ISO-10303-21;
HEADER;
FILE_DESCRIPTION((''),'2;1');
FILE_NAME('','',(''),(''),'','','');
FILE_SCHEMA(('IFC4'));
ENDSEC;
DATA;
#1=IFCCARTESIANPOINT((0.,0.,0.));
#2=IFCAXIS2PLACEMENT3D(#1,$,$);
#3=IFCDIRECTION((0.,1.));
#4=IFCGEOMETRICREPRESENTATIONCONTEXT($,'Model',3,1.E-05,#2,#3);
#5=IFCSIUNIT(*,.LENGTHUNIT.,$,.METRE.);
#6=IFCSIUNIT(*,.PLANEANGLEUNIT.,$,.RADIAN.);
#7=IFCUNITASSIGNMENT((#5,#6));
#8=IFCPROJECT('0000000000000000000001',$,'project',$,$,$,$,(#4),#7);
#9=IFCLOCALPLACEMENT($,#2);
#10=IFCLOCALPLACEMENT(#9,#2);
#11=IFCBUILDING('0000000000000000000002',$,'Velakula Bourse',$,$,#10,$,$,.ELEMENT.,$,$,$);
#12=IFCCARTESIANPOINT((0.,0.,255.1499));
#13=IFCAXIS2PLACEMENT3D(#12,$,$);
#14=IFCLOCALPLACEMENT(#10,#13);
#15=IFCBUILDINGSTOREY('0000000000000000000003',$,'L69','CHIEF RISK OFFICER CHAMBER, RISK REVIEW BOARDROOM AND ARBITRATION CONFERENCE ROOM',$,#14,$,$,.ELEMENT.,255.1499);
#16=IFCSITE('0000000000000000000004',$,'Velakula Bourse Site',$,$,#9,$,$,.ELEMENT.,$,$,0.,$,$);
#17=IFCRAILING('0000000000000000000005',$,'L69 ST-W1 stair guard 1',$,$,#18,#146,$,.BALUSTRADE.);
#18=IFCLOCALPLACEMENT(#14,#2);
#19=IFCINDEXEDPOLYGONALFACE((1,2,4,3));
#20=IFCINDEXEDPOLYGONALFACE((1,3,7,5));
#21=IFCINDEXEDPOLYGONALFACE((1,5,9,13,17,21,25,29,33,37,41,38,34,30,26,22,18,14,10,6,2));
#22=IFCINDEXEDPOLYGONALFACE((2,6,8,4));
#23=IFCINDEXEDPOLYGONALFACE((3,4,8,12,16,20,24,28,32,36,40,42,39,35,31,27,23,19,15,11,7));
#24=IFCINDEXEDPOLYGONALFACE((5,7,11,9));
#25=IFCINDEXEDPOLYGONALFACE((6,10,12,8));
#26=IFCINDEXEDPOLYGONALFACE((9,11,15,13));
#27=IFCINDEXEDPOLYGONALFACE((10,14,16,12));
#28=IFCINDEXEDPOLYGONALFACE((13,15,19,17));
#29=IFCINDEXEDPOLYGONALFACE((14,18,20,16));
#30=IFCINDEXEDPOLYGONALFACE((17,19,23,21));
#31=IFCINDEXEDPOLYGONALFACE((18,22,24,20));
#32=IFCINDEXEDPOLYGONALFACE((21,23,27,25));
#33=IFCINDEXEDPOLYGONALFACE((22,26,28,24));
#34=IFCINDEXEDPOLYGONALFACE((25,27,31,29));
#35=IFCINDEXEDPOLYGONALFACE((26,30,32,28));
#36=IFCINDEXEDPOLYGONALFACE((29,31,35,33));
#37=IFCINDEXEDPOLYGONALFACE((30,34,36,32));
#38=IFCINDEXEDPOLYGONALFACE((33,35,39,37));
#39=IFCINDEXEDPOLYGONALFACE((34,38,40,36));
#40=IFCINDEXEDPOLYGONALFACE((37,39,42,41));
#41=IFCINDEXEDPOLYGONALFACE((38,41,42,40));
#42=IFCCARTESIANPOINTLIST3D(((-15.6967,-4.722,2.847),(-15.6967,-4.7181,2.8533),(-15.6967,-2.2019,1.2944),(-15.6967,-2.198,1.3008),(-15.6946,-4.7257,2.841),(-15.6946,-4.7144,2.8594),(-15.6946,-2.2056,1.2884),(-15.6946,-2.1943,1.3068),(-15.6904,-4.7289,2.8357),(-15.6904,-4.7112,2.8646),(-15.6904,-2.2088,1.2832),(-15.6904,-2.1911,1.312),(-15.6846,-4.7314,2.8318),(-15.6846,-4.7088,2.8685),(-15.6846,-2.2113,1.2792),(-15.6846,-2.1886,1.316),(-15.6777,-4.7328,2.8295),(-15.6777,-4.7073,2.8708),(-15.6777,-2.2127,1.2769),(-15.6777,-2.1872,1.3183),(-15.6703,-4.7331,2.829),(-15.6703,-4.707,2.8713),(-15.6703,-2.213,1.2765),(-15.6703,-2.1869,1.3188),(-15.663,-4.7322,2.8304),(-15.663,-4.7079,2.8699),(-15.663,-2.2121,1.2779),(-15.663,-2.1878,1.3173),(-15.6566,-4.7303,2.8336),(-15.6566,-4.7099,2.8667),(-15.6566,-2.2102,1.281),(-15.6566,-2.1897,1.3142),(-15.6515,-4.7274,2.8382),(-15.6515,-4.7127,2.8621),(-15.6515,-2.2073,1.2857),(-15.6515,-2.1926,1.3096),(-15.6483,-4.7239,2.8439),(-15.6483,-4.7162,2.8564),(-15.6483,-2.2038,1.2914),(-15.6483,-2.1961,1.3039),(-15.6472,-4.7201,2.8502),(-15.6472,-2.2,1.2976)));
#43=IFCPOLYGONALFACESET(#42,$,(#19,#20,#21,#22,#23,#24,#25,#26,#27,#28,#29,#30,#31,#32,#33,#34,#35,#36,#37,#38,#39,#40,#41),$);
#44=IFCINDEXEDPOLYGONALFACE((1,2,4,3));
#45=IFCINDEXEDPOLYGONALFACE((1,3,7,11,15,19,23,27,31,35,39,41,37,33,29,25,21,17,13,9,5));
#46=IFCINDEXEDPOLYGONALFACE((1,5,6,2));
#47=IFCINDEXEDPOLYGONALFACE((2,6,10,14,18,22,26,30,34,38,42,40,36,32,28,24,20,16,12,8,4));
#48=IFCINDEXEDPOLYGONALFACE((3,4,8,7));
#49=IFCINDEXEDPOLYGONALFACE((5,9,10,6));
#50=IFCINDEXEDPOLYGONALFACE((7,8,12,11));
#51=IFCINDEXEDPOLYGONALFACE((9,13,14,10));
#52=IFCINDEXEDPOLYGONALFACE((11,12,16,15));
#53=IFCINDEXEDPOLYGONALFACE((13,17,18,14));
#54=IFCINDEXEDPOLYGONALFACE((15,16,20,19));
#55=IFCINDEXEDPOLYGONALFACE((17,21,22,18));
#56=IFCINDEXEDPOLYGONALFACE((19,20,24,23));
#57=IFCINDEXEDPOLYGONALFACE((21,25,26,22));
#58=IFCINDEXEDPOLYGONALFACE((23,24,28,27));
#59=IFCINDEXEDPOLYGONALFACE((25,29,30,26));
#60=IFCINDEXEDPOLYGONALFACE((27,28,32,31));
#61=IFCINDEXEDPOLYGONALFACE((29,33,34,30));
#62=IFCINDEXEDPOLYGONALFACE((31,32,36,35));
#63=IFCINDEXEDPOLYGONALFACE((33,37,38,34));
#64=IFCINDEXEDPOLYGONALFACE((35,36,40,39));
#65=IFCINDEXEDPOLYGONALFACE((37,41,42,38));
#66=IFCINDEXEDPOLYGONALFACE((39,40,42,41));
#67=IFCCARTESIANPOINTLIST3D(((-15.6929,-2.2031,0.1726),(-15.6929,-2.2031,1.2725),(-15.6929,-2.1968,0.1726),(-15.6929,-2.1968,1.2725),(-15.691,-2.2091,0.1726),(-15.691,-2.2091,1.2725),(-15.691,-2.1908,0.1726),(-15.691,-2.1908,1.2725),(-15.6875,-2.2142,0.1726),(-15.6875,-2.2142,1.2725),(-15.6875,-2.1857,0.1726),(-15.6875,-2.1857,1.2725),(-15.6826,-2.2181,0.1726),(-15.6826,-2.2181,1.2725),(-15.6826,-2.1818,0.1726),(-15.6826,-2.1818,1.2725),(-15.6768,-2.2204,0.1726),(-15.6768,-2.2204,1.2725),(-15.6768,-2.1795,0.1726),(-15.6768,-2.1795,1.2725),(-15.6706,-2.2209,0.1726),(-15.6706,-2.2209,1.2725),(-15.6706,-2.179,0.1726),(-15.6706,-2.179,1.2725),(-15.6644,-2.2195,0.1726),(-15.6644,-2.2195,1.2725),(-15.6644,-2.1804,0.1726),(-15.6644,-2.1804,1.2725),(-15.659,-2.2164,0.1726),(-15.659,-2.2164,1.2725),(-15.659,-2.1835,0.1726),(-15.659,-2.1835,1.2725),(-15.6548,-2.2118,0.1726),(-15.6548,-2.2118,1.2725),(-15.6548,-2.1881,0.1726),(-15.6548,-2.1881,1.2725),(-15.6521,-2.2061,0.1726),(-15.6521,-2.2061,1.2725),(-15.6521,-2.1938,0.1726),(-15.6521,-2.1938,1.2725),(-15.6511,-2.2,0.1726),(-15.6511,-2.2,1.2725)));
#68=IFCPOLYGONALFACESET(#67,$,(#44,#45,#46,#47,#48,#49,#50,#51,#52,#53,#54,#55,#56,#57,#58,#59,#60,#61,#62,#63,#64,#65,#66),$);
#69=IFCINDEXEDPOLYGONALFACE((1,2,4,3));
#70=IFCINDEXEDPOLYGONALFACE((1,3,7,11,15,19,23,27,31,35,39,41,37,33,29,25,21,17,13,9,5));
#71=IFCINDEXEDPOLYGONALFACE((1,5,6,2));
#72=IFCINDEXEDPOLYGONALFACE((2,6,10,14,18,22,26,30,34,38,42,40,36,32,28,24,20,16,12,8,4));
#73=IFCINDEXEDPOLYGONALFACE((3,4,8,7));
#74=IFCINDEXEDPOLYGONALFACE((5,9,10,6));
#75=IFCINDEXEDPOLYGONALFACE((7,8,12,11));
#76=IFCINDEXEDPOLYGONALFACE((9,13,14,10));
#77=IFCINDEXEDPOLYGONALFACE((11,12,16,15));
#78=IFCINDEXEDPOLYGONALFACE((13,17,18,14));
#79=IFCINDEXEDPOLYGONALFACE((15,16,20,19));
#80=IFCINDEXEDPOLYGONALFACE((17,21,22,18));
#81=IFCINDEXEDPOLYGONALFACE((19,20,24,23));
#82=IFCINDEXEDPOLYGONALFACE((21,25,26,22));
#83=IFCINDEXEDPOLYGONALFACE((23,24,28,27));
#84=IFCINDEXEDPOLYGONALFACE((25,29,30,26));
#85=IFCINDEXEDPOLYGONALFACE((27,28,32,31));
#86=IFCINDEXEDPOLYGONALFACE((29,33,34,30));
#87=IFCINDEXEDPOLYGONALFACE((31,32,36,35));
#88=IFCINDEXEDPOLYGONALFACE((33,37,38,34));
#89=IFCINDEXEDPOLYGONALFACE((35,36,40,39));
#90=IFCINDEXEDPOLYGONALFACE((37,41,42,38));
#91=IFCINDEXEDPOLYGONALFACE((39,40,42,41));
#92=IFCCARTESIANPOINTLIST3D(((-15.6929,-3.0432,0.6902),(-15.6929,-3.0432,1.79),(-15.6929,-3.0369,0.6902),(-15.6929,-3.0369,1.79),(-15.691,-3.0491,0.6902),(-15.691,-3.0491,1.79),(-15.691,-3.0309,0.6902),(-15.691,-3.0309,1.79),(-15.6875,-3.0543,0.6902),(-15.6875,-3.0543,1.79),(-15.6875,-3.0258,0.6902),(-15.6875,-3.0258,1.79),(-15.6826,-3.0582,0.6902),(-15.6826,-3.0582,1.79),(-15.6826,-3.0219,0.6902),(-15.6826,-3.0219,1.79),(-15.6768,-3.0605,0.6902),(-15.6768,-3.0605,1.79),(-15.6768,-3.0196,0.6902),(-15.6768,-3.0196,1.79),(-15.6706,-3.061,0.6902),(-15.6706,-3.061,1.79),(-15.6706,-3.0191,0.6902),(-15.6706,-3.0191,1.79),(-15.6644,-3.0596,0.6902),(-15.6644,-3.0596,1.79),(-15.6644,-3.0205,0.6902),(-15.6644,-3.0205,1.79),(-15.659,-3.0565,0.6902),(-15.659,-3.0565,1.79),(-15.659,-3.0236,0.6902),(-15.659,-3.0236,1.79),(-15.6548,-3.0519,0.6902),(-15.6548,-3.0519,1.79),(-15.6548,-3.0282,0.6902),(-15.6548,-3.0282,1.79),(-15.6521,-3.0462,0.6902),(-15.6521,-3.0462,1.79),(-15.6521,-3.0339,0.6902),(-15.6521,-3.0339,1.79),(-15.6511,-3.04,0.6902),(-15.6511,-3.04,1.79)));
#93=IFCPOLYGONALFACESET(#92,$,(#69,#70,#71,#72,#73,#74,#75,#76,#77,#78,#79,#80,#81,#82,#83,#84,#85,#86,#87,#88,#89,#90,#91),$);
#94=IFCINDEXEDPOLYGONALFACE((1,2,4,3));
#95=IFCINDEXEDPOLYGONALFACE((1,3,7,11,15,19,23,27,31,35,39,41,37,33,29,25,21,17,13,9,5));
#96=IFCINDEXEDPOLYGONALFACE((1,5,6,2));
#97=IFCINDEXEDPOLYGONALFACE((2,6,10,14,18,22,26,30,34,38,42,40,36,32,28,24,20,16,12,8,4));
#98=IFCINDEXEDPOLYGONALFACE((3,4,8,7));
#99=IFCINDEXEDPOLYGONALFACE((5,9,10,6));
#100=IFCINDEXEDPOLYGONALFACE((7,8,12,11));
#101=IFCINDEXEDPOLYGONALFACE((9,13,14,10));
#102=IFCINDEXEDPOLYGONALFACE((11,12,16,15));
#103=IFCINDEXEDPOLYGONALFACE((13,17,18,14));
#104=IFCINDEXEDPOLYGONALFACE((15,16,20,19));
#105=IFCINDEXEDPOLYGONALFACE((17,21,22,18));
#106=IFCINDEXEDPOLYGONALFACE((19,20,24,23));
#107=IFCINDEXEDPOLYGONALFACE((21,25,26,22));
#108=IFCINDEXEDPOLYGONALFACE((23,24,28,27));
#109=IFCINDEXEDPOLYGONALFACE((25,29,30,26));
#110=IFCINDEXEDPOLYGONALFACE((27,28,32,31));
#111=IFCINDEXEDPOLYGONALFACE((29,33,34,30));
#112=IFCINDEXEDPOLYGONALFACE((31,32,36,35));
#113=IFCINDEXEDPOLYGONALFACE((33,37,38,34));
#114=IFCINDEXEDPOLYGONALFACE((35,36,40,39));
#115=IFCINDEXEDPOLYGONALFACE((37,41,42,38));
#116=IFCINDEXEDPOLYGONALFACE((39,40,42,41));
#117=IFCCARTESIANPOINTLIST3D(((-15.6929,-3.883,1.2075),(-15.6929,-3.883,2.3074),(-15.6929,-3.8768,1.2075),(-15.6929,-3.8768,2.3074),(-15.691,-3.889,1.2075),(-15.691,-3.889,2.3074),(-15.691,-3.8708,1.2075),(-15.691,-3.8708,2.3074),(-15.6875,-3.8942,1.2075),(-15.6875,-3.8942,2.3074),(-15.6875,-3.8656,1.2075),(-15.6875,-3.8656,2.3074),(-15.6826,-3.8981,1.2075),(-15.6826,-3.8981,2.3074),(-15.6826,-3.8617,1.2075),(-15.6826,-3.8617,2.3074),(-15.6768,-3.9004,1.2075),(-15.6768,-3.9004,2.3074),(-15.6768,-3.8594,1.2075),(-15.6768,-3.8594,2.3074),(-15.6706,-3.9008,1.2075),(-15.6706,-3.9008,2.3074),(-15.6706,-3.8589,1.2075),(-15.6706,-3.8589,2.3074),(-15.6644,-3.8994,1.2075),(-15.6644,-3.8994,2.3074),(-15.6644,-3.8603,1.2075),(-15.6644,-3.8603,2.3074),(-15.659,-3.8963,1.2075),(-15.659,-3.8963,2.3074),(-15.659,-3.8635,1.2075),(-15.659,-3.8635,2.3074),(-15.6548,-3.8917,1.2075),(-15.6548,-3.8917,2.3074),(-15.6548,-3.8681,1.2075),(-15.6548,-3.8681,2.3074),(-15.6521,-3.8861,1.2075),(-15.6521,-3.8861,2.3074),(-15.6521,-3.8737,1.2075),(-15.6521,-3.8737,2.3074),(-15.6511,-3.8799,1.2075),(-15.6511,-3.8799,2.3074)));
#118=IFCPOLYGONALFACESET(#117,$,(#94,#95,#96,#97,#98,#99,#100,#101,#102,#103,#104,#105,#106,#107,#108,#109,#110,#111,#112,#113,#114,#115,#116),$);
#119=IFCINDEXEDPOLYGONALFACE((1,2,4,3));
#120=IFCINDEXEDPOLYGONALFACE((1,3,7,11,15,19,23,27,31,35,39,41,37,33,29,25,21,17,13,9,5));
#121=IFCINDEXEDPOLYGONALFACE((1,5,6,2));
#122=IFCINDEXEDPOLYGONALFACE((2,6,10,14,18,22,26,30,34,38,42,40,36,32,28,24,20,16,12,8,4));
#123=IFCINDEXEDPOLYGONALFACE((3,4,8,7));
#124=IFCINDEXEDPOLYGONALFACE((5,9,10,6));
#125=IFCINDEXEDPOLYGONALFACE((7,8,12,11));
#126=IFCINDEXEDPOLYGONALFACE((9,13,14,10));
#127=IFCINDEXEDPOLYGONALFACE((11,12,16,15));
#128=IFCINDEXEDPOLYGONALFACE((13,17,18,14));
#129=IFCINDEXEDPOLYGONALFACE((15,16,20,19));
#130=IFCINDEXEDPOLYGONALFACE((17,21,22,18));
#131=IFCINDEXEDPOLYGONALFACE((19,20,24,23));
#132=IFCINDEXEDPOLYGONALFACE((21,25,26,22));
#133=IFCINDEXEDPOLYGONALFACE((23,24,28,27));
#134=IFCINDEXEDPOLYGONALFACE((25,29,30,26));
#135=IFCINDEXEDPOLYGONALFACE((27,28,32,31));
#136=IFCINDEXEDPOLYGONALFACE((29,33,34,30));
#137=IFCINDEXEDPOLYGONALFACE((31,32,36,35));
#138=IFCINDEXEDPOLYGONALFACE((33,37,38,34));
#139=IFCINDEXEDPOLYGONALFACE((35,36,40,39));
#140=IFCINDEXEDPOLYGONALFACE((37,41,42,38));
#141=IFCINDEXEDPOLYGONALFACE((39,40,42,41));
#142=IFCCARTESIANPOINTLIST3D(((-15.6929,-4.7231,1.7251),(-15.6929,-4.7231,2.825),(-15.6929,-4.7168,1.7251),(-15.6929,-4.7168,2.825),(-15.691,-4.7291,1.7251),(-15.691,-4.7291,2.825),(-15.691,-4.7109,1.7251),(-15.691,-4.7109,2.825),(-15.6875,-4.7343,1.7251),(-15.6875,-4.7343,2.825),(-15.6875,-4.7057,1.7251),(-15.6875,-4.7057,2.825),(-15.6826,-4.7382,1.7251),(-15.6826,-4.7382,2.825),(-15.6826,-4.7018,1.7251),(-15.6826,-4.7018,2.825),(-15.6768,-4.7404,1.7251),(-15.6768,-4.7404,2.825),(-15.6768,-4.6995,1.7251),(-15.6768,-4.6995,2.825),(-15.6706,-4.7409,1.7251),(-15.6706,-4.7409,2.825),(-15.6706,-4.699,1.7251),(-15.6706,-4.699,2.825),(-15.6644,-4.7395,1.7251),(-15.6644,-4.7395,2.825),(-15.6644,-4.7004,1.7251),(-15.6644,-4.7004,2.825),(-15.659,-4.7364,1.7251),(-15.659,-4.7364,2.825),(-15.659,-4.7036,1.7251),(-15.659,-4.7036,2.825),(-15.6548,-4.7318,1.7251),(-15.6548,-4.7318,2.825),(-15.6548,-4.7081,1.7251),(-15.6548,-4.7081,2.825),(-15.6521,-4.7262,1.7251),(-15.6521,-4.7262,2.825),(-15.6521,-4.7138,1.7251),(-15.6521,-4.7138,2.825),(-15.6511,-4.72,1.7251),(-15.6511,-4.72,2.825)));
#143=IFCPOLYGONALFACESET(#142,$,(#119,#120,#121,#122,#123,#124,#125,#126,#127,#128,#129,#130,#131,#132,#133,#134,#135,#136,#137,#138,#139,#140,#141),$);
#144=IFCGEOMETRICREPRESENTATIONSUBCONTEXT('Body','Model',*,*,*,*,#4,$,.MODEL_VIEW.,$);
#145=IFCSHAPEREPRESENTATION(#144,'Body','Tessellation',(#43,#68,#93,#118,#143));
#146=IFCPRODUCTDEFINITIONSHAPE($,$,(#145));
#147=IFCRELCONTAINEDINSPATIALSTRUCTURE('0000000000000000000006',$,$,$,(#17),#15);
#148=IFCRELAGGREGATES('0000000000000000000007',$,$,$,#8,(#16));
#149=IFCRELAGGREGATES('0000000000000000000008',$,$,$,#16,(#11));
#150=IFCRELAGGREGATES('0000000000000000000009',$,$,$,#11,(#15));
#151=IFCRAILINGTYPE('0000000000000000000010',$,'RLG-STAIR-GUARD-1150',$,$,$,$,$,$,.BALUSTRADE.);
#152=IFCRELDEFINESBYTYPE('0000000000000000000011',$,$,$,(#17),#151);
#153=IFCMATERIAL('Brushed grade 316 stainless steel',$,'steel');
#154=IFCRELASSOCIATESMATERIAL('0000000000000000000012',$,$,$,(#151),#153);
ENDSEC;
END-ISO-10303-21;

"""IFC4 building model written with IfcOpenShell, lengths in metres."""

from ifc_helpers import new_model, si_unit, direction, frame, origin, origin_2d, place, context, subcontext, project, spatial, circle, extrude, material, type_object, element, save


model = new_model("IFC4")

# Units and contexts
model_context = context("Model", 3, precision=1e-05, world=origin(), true_north=direction((0.0, 1.0)))
body_context = subcontext(model_context, "Body", "Model", "MODEL_VIEW")
ifc_project = project(units=[si_unit("LENGTHUNIT", "METRE"), si_unit("PLANEANGLEUNIT", "RADIAN")], contexts=[model_context])

# Site, building, storey
site_placement = place(None, origin())
site = spatial("IfcSite", under=ifc_project, at=site_placement, Name="Velakula Bourse Site", CompositionType="ELEMENT", RefElevation=0.0)
building_placement = place(site_placement, origin())
building = spatial("IfcBuilding", under=site, at=building_placement, Name="Velakula Bourse", CompositionType="ELEMENT")
storey_placement = place(building_placement, frame((0.0, 0.0, 255.1499)))
storey = spatial("IfcBuildingStorey", under=building, at=storey_placement, Name="L69", Description="CHIEF RISK OFFICER CHAMBER, RISK REVIEW BOARDROOM AND ARBITRATION CONFERENCE ROOM", CompositionType="ELEMENT", Elevation=255.1499)

# Shared definitions
ifc_material_1 = material(Name="Brushed grade 316 stainless steel", Category="steel")

# Railing
railing_type = type_object("IfcRailingType", Name="RLG-STAIR-GUARD-1150", PredefinedType="BALUSTRADE", material=ifc_material_1)
railing_1_placement = place(storey_placement, frame((-15.6721, -2.2, 0.1726)))
element("IfcRailing", 1, at=railing_1_placement, inside=storey, type_object=railing_type, Name="L69 ST-W1 stair guard 1", PredefinedType="BALUSTRADE", context=body_context, shape_type="SweptSolid", body=[
    extrude(circle(Radius=0.0249, at=origin_2d()), frame((0.0, 0.0, 1.125), z_axis=(0.0, -0.8514, 0.524516), x_axis=(1.0, 0.0, 0.0)), (0.0, 0.0, 1.0), 2.96),
    extrude(circle(Radius=0.021, at=origin_2d()), origin(), (0.0, 0.0, 1.0), 1.0999),
    extrude(circle(Radius=0.021, at=origin_2d()), frame((0.0, -0.8401, 0.5176)), (0.0, 0.0, 1.0), 1.0999),
    extrude(circle(Radius=0.021, at=origin_2d()), frame((0.0, -1.6799, 1.0349)), (0.0, 0.0, 1.0), 1.0999),
    extrude(circle(Radius=0.021, at=origin_2d()), frame((0.0, -2.52, 1.5525)), (0.0, 0.0, 1.0), 1.0999),
])

save(model, "model.ifc")
